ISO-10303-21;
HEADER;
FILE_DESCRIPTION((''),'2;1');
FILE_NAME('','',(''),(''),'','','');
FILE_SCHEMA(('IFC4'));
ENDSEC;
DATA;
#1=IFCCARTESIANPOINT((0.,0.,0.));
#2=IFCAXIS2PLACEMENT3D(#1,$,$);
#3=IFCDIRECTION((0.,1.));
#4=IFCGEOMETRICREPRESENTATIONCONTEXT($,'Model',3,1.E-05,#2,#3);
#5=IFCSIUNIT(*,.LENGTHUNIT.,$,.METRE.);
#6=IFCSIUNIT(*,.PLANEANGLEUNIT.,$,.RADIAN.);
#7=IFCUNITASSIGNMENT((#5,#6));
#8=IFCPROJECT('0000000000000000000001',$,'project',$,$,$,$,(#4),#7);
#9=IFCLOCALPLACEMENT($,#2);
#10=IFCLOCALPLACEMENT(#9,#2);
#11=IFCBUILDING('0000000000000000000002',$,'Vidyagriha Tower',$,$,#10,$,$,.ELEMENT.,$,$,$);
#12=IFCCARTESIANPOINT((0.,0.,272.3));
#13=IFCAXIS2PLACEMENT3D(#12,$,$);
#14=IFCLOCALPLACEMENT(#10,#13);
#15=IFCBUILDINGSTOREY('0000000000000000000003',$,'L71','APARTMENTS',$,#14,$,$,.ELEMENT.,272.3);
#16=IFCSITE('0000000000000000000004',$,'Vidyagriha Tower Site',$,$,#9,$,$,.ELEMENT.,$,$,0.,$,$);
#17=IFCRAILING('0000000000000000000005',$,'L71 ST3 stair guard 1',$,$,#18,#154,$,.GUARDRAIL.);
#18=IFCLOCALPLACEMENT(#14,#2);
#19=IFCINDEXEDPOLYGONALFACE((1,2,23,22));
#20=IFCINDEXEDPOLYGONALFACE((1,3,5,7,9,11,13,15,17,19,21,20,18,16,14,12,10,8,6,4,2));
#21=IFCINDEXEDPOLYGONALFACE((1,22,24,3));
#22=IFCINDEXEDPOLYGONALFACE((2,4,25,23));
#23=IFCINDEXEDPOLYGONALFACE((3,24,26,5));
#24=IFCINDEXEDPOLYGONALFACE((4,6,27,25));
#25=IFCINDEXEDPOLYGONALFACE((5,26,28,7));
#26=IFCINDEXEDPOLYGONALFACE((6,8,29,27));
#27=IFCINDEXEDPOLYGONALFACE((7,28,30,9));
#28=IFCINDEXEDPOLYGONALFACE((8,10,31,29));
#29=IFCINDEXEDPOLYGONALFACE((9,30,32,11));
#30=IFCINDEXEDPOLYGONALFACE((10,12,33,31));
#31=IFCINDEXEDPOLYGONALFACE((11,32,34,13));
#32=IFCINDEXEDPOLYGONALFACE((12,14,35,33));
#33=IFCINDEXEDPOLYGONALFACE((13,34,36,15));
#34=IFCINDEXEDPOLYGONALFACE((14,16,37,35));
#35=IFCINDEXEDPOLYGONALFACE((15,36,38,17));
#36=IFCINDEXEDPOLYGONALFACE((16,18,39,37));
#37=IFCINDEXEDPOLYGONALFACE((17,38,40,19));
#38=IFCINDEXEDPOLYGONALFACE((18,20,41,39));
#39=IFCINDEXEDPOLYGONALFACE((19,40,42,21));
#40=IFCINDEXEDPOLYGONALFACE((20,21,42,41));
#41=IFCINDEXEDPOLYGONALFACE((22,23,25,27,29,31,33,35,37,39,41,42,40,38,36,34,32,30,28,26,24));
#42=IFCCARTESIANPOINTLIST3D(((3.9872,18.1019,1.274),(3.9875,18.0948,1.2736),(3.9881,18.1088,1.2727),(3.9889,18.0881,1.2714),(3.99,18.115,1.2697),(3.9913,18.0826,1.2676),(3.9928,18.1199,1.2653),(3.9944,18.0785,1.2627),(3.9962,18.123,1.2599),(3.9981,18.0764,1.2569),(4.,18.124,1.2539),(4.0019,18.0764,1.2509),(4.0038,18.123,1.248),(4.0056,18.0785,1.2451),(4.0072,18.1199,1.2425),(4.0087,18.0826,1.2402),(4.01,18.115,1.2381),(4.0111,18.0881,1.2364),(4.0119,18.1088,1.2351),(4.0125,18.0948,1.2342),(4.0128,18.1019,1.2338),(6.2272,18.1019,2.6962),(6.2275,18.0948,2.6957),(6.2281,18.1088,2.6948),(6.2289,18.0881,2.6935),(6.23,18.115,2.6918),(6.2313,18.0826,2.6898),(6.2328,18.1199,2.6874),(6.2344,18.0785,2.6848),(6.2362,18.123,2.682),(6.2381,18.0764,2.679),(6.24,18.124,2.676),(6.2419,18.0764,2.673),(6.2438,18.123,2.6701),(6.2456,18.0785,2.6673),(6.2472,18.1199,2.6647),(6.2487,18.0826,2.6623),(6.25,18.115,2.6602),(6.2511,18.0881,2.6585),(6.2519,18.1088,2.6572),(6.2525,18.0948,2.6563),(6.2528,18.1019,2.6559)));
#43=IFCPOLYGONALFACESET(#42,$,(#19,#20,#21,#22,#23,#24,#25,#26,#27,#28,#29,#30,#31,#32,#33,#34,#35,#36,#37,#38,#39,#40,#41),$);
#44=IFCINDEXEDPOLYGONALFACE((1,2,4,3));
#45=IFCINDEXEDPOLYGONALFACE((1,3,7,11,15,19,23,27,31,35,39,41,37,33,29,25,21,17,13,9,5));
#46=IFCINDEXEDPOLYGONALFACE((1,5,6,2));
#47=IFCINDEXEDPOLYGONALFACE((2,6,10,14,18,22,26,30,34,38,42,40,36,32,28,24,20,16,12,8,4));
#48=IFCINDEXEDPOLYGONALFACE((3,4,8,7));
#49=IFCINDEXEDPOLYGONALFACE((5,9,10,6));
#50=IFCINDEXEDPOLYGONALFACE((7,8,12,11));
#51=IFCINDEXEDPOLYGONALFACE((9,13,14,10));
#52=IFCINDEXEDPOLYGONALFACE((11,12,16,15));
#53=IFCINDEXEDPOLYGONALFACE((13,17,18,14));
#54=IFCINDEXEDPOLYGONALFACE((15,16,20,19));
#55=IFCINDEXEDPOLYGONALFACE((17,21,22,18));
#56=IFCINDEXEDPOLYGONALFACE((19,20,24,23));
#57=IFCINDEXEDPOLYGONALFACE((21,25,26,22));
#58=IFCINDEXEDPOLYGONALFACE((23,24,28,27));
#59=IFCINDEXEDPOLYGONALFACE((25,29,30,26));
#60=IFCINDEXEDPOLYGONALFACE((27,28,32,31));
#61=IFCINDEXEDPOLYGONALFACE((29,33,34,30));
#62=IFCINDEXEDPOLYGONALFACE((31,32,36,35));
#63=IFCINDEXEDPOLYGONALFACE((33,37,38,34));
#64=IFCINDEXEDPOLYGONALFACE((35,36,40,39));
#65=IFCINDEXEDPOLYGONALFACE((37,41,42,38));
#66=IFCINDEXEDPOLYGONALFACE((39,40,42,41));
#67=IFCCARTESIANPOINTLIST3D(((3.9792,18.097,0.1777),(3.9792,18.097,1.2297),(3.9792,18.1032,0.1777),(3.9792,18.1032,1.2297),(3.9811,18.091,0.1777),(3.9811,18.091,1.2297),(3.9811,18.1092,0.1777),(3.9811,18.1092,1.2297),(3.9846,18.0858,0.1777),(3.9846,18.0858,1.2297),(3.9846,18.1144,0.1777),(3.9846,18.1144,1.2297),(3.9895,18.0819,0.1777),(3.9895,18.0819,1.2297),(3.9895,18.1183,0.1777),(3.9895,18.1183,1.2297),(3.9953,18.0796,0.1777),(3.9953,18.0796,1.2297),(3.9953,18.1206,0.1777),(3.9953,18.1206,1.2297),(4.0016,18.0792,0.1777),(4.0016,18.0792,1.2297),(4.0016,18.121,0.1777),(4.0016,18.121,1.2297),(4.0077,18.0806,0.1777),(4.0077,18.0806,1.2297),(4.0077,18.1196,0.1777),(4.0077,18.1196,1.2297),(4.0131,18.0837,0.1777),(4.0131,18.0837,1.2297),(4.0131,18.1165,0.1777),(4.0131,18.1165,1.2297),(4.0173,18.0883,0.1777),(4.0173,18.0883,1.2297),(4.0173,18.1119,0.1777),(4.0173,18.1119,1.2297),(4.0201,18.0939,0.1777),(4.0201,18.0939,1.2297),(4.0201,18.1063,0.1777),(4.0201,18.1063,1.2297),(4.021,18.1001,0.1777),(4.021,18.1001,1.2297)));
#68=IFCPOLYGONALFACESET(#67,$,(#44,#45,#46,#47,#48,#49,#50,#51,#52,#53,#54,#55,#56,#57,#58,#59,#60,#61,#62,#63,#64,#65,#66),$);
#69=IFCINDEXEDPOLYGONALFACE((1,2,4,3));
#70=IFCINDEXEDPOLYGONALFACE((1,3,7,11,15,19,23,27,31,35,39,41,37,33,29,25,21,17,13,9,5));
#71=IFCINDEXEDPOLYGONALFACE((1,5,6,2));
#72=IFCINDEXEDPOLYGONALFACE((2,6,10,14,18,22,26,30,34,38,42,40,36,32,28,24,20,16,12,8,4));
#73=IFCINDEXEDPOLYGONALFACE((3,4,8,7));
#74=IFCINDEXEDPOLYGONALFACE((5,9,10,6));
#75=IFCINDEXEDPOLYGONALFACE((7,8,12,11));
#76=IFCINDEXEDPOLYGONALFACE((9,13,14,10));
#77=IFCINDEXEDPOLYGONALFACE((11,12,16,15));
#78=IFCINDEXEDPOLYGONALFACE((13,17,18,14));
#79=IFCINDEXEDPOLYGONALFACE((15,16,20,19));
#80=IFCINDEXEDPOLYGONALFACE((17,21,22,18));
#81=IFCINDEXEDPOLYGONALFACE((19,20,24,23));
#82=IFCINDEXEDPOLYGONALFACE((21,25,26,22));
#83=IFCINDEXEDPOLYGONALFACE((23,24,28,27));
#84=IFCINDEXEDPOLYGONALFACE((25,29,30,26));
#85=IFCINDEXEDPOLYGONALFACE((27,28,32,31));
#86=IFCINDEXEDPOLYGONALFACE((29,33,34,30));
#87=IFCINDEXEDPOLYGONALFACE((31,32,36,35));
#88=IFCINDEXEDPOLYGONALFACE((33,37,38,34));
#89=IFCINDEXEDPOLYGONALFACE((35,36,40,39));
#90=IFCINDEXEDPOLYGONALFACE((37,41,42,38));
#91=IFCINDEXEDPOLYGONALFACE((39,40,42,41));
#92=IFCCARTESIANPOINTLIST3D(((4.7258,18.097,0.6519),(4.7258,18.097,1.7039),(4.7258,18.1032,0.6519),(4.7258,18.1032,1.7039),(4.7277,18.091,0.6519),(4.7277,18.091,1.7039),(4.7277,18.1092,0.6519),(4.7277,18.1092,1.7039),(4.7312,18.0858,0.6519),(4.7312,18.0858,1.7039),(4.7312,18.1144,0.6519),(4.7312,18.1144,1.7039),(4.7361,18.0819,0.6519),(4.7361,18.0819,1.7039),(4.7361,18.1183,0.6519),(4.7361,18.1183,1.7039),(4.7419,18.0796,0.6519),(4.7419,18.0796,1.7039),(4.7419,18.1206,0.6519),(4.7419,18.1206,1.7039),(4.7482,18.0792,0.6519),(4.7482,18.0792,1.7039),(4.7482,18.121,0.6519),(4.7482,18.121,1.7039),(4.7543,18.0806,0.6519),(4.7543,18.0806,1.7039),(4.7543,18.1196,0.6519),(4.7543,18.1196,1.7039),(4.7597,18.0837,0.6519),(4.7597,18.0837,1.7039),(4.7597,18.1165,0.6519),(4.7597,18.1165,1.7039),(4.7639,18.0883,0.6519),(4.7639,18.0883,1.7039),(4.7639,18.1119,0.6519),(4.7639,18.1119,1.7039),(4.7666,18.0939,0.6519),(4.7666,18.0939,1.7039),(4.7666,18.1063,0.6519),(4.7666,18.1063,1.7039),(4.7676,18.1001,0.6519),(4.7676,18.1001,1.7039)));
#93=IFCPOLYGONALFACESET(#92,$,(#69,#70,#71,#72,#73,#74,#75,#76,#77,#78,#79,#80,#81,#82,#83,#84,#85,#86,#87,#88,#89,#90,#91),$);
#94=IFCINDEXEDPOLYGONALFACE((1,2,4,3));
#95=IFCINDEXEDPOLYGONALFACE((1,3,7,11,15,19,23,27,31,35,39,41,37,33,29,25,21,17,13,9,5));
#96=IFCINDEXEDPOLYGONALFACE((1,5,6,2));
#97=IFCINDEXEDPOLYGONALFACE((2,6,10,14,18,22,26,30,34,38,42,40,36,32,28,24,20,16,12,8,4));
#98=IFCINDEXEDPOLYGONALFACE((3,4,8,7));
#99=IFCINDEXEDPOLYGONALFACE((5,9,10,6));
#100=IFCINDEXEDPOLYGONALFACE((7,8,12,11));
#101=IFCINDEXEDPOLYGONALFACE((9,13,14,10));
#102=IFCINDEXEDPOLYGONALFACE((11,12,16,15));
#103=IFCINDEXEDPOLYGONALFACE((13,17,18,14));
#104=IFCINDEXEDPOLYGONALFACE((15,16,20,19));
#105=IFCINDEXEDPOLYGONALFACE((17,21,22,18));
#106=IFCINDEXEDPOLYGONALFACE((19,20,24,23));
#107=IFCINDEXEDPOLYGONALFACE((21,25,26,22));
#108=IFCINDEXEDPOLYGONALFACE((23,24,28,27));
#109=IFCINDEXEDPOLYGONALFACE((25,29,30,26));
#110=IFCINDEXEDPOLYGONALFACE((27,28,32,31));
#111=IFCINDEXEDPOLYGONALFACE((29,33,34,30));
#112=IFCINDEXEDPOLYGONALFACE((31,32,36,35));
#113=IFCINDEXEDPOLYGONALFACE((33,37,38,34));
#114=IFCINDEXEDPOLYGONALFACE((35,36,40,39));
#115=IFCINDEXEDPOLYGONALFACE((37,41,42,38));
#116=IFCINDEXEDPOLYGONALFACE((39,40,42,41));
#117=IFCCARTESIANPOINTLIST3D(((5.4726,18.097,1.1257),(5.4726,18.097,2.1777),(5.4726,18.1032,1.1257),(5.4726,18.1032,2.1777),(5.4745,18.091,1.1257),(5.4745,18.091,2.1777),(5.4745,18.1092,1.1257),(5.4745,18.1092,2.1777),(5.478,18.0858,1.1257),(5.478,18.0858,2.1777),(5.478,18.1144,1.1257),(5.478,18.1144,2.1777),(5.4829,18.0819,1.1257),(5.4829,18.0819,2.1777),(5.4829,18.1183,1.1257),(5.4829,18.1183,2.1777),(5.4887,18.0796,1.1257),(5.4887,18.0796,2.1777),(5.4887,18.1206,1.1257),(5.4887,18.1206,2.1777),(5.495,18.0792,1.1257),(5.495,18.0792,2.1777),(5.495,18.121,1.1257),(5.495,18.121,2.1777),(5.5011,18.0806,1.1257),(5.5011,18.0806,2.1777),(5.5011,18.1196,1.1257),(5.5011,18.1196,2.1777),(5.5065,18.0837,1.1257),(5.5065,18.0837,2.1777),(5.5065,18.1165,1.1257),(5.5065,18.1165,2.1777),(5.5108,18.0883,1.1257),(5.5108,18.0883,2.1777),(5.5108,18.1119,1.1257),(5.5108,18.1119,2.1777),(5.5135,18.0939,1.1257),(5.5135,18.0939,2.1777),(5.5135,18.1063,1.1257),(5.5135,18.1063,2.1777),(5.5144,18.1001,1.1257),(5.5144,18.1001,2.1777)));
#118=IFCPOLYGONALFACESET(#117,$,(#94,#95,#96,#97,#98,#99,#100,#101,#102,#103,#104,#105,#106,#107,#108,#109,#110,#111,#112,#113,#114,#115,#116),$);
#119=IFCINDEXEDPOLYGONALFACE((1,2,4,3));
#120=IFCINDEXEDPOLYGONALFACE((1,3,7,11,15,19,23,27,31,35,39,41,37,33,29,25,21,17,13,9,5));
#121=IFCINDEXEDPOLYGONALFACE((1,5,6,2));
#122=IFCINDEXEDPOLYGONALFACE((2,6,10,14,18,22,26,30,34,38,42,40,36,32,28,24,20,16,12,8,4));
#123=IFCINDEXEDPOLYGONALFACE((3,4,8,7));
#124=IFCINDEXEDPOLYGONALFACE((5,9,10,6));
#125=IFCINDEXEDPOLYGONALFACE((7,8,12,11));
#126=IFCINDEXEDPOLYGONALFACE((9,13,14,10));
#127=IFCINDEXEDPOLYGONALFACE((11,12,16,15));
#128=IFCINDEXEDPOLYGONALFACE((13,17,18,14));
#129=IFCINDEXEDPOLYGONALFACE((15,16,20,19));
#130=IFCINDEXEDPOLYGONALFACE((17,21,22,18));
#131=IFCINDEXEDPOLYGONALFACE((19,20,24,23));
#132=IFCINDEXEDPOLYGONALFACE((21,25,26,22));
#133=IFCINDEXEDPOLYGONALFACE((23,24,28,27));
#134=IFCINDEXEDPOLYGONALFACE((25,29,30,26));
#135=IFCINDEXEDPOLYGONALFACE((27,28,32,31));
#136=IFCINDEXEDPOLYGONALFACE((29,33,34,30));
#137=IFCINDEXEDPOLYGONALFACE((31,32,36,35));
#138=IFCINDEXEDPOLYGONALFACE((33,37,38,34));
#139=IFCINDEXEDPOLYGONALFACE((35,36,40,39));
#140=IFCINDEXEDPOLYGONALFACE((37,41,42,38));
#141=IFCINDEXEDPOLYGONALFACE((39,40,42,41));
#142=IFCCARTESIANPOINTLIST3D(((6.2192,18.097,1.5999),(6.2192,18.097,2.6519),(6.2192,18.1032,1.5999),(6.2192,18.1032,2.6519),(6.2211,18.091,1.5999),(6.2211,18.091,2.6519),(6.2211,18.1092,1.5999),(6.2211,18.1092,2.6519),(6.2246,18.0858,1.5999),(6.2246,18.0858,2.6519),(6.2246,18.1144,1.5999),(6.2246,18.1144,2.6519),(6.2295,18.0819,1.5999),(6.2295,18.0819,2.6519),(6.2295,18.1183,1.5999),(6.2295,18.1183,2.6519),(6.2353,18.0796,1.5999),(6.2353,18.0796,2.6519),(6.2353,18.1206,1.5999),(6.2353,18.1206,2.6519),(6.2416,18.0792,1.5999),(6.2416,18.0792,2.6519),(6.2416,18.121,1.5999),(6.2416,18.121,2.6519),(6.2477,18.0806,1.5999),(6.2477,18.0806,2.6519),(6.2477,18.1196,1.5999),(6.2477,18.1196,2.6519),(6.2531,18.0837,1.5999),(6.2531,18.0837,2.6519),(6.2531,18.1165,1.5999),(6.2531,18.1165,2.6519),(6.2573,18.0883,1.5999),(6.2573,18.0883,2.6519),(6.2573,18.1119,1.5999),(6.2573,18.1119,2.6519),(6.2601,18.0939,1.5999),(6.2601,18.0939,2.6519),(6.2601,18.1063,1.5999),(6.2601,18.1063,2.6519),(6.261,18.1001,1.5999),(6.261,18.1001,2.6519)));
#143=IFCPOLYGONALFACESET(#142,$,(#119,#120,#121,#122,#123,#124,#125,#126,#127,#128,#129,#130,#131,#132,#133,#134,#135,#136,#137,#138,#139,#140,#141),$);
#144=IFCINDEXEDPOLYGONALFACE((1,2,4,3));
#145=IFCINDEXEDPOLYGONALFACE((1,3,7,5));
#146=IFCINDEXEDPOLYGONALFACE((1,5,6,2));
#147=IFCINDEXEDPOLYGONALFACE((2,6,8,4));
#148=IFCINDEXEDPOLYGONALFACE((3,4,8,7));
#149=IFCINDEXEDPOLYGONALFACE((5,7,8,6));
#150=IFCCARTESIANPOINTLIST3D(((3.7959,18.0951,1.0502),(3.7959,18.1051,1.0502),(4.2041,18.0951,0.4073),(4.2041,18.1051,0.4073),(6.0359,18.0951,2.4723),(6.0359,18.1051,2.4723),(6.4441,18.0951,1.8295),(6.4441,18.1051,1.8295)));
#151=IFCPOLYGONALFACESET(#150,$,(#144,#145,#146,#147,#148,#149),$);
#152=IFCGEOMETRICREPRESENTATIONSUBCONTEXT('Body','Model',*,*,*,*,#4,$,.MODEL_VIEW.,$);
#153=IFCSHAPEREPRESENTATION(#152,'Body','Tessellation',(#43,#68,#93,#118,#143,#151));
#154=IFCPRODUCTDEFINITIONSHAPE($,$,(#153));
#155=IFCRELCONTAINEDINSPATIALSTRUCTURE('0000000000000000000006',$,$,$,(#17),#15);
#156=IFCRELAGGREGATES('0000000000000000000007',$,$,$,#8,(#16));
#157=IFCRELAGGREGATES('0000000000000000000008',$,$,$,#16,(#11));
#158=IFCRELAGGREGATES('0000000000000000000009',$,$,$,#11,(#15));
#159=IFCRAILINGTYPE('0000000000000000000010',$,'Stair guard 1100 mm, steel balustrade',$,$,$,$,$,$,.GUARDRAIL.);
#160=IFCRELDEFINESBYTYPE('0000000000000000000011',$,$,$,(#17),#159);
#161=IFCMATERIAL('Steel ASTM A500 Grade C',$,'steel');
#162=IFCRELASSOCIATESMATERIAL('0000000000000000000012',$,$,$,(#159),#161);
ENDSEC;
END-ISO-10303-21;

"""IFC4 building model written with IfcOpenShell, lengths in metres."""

from ifc_helpers import new_model, si_unit, direction, frame, origin, origin_2d, place, context, subcontext, project, spatial, rectangle, circle, extrude, material, type_object, element, save


model = new_model("IFC4")

# Units and contexts
model_context = context("Model", 3, precision=1e-05, world=origin(), true_north=direction((0.0, 1.0)))
body_context = subcontext(model_context, "Body", "Model", "MODEL_VIEW")
ifc_project = project(units=[si_unit("LENGTHUNIT", "METRE"), si_unit("PLANEANGLEUNIT", "RADIAN")], contexts=[model_context])

# Site, building, storey
site_placement = place(None, origin())
site = spatial("IfcSite", under=ifc_project, at=site_placement, Name="Vidyagriha Tower Site", CompositionType="ELEMENT", RefElevation=0.0)
building_placement = place(site_placement, origin())
building = spatial("IfcBuilding", under=site, at=building_placement, Name="Vidyagriha Tower", CompositionType="ELEMENT")
storey_placement = place(building_placement, frame((0.0, 0.0, 272.3)))
storey = spatial("IfcBuildingStorey", under=building, at=storey_placement, Name="L71", Description="APARTMENTS", CompositionType="ELEMENT", Elevation=272.3)

# Railing
ifc_material_1 = material(Name="Steel ASTM A500 Grade C", Category="steel")
railing_type_1 = type_object("IfcRailingType", Name="Stair guard 1100 mm, steel balustrade", PredefinedType="GUARDRAIL", material=ifc_material_1)
railing_1_placement = place(storey_placement, frame((4.0, 18.1001, 0.1777)))
element("IfcRailing", 1, at=railing_1_placement, inside=storey, type_object=railing_type_1, Name="L71 ST3 stair guard 1", PredefinedType="GUARDRAIL", context=body_context, shape_type="SweptSolid", body=[
    extrude(circle(Radius=0.0239, at=origin_2d()), frame((0.0, 0.0, 1.0762), z_axis=(0.844229, 0.0, 0.535982), x_axis=(0.0, 1.0, 0.0)), (0.0, 0.0, 1.0), 2.6533),
    extrude(circle(Radius=0.021, at=origin_2d()), origin(), (0.0, 0.0, 1.0), 1.052),
    extrude(circle(Radius=0.021, at=origin_2d()), frame((0.7466, 0.0, 0.4741)), (0.0, 0.0, 1.0), 1.052),
    extrude(circle(Radius=0.021, at=origin_2d()), frame((1.4934, 0.0, 0.948)), (0.0, 0.0, 1.0), 1.052),
    extrude(circle(Radius=0.021, at=origin_2d()), frame((2.24, 0.0, 1.4221)), (0.0, 0.0, 1.0), 1.052),
    extrude(rectangle(XDim=0.01, YDim=0.7615, at=origin_2d()), frame((0.0, 0.0, 0.551), z_axis=(0.844229, 0.0, 0.535982), x_axis=(0.0, 1.0, 0.0)), (0.0, 0.0, 1.0), 2.6533),
])

save(model, "model.ifc")
